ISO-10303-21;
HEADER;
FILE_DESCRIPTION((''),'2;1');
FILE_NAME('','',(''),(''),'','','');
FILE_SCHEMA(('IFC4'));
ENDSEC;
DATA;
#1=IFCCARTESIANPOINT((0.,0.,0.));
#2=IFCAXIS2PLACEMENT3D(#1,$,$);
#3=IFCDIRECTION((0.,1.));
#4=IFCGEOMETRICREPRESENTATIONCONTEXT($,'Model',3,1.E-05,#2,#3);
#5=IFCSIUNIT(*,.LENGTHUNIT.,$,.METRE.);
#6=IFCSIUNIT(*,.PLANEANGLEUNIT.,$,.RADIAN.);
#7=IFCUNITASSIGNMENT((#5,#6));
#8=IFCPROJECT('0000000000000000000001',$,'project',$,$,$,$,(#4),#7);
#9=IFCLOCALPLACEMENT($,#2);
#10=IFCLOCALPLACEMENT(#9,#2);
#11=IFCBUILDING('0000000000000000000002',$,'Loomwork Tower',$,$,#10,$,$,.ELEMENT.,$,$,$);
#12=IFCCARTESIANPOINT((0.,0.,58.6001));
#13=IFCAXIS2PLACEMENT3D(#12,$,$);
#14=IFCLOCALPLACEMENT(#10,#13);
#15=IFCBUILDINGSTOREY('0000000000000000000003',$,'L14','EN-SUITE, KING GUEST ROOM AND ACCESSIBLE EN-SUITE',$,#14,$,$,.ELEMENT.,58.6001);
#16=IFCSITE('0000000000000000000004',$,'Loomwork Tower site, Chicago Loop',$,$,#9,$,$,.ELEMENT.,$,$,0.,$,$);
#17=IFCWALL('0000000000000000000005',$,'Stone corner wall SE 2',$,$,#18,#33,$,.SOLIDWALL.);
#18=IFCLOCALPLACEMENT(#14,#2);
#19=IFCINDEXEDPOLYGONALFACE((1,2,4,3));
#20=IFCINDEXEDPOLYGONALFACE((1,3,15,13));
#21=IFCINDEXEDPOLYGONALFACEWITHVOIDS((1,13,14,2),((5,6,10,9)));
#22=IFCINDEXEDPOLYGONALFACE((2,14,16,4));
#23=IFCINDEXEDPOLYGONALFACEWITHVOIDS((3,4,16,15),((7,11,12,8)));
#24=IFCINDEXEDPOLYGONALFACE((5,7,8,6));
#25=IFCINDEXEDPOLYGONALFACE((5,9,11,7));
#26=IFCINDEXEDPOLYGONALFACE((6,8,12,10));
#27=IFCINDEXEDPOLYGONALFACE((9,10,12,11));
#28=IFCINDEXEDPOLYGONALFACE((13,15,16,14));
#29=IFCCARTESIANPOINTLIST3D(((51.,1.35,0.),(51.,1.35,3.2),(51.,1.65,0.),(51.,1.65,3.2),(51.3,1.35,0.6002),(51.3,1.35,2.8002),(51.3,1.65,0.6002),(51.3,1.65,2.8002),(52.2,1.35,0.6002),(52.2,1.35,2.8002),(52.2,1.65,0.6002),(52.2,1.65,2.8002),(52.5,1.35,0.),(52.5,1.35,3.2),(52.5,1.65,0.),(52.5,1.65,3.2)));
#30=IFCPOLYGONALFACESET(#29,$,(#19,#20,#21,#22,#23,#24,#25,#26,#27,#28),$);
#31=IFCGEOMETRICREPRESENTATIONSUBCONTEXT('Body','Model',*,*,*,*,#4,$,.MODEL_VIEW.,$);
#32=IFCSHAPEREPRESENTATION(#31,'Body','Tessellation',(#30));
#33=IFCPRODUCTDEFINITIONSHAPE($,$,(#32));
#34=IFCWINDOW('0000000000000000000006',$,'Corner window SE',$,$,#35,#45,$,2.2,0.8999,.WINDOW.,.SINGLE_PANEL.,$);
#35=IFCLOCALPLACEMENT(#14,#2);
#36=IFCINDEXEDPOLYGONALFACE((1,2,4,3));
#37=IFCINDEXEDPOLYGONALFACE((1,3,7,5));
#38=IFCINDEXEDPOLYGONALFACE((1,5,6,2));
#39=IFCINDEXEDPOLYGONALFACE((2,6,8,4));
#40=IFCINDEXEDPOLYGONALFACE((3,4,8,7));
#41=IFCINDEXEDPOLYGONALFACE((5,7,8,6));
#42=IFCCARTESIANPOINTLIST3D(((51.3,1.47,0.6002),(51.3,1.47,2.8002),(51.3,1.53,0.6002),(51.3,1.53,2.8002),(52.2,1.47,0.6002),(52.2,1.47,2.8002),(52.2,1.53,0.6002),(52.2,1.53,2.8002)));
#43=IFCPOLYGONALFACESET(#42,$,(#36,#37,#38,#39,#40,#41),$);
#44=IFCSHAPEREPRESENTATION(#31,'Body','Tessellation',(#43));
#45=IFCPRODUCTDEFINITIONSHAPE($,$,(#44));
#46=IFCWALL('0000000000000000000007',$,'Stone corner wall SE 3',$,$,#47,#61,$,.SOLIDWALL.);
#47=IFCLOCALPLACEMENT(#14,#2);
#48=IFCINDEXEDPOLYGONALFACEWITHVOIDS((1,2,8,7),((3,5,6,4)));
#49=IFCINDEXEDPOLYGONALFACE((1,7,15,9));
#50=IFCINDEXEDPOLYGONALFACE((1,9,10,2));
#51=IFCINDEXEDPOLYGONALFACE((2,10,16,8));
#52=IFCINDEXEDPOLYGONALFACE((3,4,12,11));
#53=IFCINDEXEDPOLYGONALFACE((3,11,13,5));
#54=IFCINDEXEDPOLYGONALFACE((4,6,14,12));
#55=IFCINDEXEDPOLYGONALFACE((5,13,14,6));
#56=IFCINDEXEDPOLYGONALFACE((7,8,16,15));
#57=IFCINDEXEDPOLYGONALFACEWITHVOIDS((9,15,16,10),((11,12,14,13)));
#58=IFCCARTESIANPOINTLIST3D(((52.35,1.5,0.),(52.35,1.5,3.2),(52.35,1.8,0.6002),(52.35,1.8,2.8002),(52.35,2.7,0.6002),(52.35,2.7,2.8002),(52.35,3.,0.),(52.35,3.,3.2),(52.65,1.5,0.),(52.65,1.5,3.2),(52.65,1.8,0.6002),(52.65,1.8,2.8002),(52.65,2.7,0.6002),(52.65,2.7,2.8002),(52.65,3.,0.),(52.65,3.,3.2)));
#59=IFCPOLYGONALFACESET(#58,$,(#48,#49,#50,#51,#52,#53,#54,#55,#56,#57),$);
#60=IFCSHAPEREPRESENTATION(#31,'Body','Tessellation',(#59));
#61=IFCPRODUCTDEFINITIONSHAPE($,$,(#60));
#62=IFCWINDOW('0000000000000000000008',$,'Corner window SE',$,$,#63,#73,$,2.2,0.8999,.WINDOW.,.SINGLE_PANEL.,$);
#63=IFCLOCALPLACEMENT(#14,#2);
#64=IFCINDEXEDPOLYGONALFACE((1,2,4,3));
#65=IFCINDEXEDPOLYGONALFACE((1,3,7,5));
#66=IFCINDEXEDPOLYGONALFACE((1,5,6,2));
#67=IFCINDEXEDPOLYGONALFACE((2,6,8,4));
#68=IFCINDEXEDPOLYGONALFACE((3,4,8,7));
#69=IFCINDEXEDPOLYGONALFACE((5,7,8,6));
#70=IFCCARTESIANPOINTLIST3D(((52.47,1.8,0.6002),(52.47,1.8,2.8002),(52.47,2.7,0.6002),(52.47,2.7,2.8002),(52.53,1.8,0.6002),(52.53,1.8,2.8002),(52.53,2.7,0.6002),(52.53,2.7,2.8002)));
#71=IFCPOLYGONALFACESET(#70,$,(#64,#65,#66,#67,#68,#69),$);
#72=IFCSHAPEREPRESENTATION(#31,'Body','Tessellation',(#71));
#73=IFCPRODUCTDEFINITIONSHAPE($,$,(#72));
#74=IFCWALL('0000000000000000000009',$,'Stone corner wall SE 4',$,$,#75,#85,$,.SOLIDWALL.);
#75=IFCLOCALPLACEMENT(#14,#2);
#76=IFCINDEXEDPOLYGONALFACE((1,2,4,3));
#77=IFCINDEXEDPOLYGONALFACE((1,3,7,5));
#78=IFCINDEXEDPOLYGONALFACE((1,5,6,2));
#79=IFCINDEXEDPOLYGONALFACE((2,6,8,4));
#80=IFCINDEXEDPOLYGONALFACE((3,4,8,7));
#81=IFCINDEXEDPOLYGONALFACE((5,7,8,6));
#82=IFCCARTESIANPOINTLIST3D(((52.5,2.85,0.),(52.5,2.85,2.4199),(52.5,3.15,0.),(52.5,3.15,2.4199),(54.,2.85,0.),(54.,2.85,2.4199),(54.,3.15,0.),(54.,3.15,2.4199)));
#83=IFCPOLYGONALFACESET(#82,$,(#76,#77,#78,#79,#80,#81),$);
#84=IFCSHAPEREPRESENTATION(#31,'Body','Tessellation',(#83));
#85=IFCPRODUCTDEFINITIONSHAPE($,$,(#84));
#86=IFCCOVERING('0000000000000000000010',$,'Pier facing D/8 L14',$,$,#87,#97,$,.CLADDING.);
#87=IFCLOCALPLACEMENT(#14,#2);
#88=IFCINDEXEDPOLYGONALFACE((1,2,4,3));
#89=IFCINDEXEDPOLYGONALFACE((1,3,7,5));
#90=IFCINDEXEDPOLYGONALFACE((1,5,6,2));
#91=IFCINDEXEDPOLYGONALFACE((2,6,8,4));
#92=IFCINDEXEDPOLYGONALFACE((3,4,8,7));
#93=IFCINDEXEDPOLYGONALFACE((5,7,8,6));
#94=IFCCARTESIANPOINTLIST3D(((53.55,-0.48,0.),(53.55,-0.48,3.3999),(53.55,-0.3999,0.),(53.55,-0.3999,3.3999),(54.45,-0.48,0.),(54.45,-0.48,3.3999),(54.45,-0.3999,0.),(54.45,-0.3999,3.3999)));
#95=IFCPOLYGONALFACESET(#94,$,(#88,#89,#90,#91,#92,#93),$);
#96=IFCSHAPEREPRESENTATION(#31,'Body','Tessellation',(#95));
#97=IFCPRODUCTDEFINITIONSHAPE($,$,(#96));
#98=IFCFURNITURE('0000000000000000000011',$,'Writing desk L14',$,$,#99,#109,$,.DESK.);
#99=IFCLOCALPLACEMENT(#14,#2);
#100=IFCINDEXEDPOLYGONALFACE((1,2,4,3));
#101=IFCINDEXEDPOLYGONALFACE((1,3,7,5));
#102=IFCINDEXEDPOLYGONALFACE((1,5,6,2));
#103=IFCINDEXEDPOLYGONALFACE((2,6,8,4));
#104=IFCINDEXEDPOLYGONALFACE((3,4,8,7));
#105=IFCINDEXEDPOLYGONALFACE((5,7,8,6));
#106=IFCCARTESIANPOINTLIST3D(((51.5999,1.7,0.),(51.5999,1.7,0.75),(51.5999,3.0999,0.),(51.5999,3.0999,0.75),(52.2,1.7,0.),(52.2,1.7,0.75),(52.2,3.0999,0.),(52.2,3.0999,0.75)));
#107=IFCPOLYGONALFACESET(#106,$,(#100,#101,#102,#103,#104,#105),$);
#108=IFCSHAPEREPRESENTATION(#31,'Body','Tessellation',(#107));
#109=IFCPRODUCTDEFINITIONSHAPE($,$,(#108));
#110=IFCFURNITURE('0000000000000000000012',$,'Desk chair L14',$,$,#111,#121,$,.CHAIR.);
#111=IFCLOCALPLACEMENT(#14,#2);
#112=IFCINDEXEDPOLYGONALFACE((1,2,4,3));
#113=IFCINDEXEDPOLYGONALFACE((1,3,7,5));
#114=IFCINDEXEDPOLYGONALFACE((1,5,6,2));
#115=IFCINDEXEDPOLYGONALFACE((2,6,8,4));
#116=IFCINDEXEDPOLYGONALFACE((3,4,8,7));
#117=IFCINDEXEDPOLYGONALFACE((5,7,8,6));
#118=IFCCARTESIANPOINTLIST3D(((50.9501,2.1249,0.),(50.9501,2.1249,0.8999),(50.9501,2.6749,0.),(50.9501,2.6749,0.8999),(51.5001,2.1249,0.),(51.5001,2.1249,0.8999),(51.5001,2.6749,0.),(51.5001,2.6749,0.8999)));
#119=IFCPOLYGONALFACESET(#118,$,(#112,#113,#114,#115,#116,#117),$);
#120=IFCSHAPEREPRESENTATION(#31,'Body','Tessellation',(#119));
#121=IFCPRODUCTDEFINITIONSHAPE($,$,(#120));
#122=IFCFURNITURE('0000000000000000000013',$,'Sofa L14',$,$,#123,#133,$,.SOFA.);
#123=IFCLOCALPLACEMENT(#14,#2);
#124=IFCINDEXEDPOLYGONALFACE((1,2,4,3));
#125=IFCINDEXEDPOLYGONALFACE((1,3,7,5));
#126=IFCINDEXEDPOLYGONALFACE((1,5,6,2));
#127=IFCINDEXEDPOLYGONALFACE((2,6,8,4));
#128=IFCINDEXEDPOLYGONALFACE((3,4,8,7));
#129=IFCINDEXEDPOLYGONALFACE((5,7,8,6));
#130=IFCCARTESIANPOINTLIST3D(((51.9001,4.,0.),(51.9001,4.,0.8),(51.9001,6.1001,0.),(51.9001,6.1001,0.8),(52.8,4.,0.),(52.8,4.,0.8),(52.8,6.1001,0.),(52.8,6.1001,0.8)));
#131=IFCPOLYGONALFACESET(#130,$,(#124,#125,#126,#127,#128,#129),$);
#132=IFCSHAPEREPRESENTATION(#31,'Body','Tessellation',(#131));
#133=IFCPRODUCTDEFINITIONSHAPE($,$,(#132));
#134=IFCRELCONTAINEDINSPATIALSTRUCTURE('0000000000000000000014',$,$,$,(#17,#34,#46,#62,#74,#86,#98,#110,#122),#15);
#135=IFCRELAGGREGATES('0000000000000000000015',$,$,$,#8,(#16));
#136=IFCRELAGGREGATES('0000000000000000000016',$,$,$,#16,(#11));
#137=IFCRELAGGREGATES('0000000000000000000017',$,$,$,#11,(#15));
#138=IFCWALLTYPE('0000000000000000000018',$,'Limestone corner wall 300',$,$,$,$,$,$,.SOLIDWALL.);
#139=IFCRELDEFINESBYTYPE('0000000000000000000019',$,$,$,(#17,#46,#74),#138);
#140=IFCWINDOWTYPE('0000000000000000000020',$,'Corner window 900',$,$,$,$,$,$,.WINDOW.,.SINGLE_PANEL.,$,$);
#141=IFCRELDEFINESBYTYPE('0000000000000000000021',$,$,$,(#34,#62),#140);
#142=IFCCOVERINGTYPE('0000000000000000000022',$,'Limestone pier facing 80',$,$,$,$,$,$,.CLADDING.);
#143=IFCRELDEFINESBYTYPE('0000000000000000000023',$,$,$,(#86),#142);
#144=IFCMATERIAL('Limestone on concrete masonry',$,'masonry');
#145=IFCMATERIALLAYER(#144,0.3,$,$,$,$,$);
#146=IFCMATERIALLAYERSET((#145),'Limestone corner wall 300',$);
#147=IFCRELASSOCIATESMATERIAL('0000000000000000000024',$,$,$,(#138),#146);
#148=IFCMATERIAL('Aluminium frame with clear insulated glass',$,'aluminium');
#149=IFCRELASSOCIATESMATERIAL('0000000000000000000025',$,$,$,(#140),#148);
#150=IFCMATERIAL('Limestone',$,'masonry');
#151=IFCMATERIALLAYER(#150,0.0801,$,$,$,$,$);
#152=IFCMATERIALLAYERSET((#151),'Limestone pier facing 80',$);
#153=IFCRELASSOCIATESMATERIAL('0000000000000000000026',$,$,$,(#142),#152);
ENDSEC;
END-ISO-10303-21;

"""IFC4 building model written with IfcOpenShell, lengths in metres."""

from ifc_helpers import new_model, si_unit, direction, frame, frame_2d, origin, origin_2d, place, context, subcontext, project, spatial, rectangle, extrude, material, layer, layer_set, type_object, element, fill, save


model = new_model("IFC4")

# Units and contexts
model_context = context("Model", 3, precision=1e-05, world=origin(), true_north=direction((0.0, 1.0)))
body_context = subcontext(model_context, "Body", "Model", "MODEL_VIEW")
ifc_project = project(units=[si_unit("LENGTHUNIT", "METRE"), si_unit("PLANEANGLEUNIT", "RADIAN")], contexts=[model_context])

# Site, building, storey
site_placement = place(None, origin())
site = spatial("IfcSite", under=ifc_project, at=site_placement, Name="Loomwork Tower site, Chicago Loop", CompositionType="ELEMENT", RefElevation=0.0)
building_placement = place(site_placement, origin())
building = spatial("IfcBuilding", under=site, at=building_placement, Name="Loomwork Tower", CompositionType="ELEMENT")
storey_placement = place(building_placement, frame((0.0, 0.0, 58.6001)))
storey = spatial("IfcBuildingStorey", under=building, at=storey_placement, Name="L14", Description="EN-SUITE, KING GUEST ROOM AND ACCESSIBLE EN-SUITE", CompositionType="ELEMENT", Elevation=58.6001)

# Shared definitions
ifc_material_1 = material(Name="Limestone on concrete masonry", Category="masonry")
ifc_layer_1 = layer(ifc_material_1, 0.3)
ifc_layer_set_1 = layer_set([ifc_layer_1], Name="Limestone corner wall 300")
wall_type_1 = type_object("IfcWallType", Name="Limestone corner wall 300", PredefinedType="SOLIDWALL", material=ifc_layer_set_1)

# Walls, openings, windows
wall_1_placement = place(storey_placement, frame((51.0, 1.5, 0.0), z_axis=(0.0, 0.0, 1.0), x_axis=(1.0, 0.0, 0.0)))
wall_1 = element("IfcWall", 1, at=wall_1_placement, inside=storey, type_object=wall_type_1, Name="Stone corner wall SE 2", PredefinedType="SOLIDWALL", context=body_context, shape_type="SweptSolid", body=[
    extrude(rectangle(XDim=1.5, YDim=0.3, at=frame_2d((0.75, 0.0))), origin(), (0.0, 0.0, 1.0), 3.2),
])
opening_1_placement = place(wall_1_placement, frame((0.3, 0.0, 0.6001)))
opening_1 = element("IfcOpeningElement", 2, at=opening_1_placement, cuts=wall_1, PredefinedType="OPENING", context=body_context, shape_type="SweptSolid", body=[
    extrude(rectangle(XDim=0.8999, YDim=2.2, at=frame_2d((0.45, 1.1001))), frame((0.0, 0.1599, 0.0), z_axis=(0.0, -1.0, 0.0), x_axis=(1.0, 0.0, 0.0)), (0.0, 0.0, 1.0), 0.3201),
])
ifc_material_2 = material(Name="Aluminium frame with clear insulated glass", Category="aluminium")
window_type = type_object("IfcWindowType", Name="Corner window 900", PartitioningType="SINGLE_PANEL", PredefinedType="WINDOW", material=ifc_material_2)
window_1_placement = place(opening_1_placement, origin())
window_1 = element("IfcWindow", 3, at=window_1_placement, inside=storey, type_object=window_type, Name="Corner window SE", OverallHeight=2.2, OverallWidth=0.8999, PartitioningType="SINGLE_PANEL", PredefinedType="WINDOW", context=body_context, shape_type="SweptSolid", body=[
    extrude(rectangle(XDim=0.8999, YDim=2.2, at=frame_2d((0.45, 1.1001))), frame((0.0, 0.03, 0.0), z_axis=(0.0, -1.0, 0.0), x_axis=(1.0, 0.0, 0.0)), (0.0, 0.0, 1.0), 0.0601),
])
fill(opening_1, window_1)
wall_2_placement = place(storey_placement, frame((52.5, 1.5, 0.0), z_axis=(0.0, 0.0, 1.0), x_axis=(0.0, 1.0, 0.0)))
wall_2 = element("IfcWall", 4, at=wall_2_placement, inside=storey, type_object=wall_type_1, Name="Stone corner wall SE 3", PredefinedType="SOLIDWALL", context=body_context, shape_type="SweptSolid", body=[
    extrude(rectangle(XDim=1.5, YDim=0.3, at=frame_2d((0.75, 0.0))), origin(), (0.0, 0.0, 1.0), 3.2),
])
opening_2_placement = place(wall_2_placement, frame((0.3, 0.0, 0.6001)))
opening_2 = element("IfcOpeningElement", 5, at=opening_2_placement, cuts=wall_2, PredefinedType="OPENING", context=body_context, shape_type="SweptSolid", body=[
    extrude(rectangle(XDim=0.8999, YDim=2.2, at=frame_2d((0.45, 1.1001))), frame((0.0, 0.1599, 0.0), z_axis=(0.0, -1.0, 0.0), x_axis=(1.0, 0.0, 0.0)), (0.0, 0.0, 1.0), 0.3201),
])
window_2_placement = place(opening_2_placement, origin())
window_2 = element("IfcWindow", 6, at=window_2_placement, inside=storey, type_object=window_type, Name="Corner window SE", OverallHeight=2.2, OverallWidth=0.8999, PartitioningType="SINGLE_PANEL", PredefinedType="WINDOW", context=body_context, shape_type="SweptSolid", body=[
    extrude(rectangle(XDim=0.8999, YDim=2.2, at=frame_2d((0.45, 1.1001))), frame((0.0, 0.03, 0.0), z_axis=(0.0, -1.0, 0.0), x_axis=(1.0, 0.0, 0.0)), (0.0, 0.0, 1.0), 0.0601),
])
fill(opening_2, window_2)

# Wall
wall_3_placement = place(storey_placement, frame((52.5, 3.0, 0.0), z_axis=(0.0, 0.0, 1.0), x_axis=(1.0, 0.0, 0.0)))
element("IfcWall", 7, at=wall_3_placement, inside=storey, type_object=wall_type_1, Name="Stone corner wall SE 4", PredefinedType="SOLIDWALL", context=body_context, shape_type="SweptSolid", body=[
    extrude(rectangle(XDim=1.5, YDim=0.3, at=frame_2d((0.75, 0.0))), origin(), (0.0, 0.0, 1.0), 2.4199),
])

# Covering
ifc_material_3 = material(Name="Limestone", Category="masonry")
ifc_layer_2 = layer(ifc_material_3, 0.0801)
ifc_layer_set_2 = layer_set([ifc_layer_2], Name="Limestone pier facing 80")
covering_type = type_object("IfcCoveringType", Name="Limestone pier facing 80", PredefinedType="CLADDING", material=ifc_layer_set_2)
covering_placement = place(storey_placement, frame((54.0, -0.4399, 0.0), z_axis=(0.0, 0.0, 1.0), x_axis=(1.0, 0.0, 0.0)))
element("IfcCovering", 8, at=covering_placement, inside=storey, type_object=covering_type, Name="Pier facing D/8 L14", PredefinedType="CLADDING", context=body_context, shape_type="SweptSolid", body=[
    extrude(rectangle(XDim=0.8999, YDim=0.0801, at=origin_2d()), origin(), (0.0, 0.0, 1.0), 3.3999),
])

# Furniture
furniture_1_placement = place(storey_placement, frame((51.8999, 2.3999, 0.0), z_axis=(0.0, 0.0, 1.0), x_axis=(1.0, 0.0, 0.0)))
element("IfcFurniture", 9, at=furniture_1_placement, inside=storey, Name="Writing desk L14", PredefinedType="DESK", context=body_context, shape_type="SweptSolid", body=[
    extrude(rectangle(XDim=0.6001, YDim=1.3999, at=origin_2d()), origin(), (0.0, 0.0, 1.0), 0.75),
])
furniture_2_placement = place(storey_placement, frame((51.2251, 2.3999, 0.0), z_axis=(0.0, 0.0, 1.0), x_axis=(1.0, 0.0, 0.0)))
element("IfcFurniture", 10, at=furniture_2_placement, inside=storey, Name="Desk chair L14", PredefinedType="CHAIR", context=body_context, shape_type="SweptSolid", body=[
    extrude(rectangle(XDim=0.55, YDim=0.55, at=origin_2d()), origin(), (0.0, 0.0, 1.0), 0.8999),
])
furniture_3_placement = place(storey_placement, frame((52.3501, 5.05, 0.0), z_axis=(0.0, 0.0, 1.0), x_axis=(1.0, 0.0, 0.0)))
element("IfcFurniture", 11, at=furniture_3_placement, inside=storey, Name="Sofa L14", PredefinedType="SOFA", context=body_context, shape_type="SweptSolid", body=[
    extrude(rectangle(XDim=0.8999, YDim=2.1001, at=origin_2d()), origin(), (0.0, 0.0, 1.0), 0.8),
])

save(model, "model.ifc")
